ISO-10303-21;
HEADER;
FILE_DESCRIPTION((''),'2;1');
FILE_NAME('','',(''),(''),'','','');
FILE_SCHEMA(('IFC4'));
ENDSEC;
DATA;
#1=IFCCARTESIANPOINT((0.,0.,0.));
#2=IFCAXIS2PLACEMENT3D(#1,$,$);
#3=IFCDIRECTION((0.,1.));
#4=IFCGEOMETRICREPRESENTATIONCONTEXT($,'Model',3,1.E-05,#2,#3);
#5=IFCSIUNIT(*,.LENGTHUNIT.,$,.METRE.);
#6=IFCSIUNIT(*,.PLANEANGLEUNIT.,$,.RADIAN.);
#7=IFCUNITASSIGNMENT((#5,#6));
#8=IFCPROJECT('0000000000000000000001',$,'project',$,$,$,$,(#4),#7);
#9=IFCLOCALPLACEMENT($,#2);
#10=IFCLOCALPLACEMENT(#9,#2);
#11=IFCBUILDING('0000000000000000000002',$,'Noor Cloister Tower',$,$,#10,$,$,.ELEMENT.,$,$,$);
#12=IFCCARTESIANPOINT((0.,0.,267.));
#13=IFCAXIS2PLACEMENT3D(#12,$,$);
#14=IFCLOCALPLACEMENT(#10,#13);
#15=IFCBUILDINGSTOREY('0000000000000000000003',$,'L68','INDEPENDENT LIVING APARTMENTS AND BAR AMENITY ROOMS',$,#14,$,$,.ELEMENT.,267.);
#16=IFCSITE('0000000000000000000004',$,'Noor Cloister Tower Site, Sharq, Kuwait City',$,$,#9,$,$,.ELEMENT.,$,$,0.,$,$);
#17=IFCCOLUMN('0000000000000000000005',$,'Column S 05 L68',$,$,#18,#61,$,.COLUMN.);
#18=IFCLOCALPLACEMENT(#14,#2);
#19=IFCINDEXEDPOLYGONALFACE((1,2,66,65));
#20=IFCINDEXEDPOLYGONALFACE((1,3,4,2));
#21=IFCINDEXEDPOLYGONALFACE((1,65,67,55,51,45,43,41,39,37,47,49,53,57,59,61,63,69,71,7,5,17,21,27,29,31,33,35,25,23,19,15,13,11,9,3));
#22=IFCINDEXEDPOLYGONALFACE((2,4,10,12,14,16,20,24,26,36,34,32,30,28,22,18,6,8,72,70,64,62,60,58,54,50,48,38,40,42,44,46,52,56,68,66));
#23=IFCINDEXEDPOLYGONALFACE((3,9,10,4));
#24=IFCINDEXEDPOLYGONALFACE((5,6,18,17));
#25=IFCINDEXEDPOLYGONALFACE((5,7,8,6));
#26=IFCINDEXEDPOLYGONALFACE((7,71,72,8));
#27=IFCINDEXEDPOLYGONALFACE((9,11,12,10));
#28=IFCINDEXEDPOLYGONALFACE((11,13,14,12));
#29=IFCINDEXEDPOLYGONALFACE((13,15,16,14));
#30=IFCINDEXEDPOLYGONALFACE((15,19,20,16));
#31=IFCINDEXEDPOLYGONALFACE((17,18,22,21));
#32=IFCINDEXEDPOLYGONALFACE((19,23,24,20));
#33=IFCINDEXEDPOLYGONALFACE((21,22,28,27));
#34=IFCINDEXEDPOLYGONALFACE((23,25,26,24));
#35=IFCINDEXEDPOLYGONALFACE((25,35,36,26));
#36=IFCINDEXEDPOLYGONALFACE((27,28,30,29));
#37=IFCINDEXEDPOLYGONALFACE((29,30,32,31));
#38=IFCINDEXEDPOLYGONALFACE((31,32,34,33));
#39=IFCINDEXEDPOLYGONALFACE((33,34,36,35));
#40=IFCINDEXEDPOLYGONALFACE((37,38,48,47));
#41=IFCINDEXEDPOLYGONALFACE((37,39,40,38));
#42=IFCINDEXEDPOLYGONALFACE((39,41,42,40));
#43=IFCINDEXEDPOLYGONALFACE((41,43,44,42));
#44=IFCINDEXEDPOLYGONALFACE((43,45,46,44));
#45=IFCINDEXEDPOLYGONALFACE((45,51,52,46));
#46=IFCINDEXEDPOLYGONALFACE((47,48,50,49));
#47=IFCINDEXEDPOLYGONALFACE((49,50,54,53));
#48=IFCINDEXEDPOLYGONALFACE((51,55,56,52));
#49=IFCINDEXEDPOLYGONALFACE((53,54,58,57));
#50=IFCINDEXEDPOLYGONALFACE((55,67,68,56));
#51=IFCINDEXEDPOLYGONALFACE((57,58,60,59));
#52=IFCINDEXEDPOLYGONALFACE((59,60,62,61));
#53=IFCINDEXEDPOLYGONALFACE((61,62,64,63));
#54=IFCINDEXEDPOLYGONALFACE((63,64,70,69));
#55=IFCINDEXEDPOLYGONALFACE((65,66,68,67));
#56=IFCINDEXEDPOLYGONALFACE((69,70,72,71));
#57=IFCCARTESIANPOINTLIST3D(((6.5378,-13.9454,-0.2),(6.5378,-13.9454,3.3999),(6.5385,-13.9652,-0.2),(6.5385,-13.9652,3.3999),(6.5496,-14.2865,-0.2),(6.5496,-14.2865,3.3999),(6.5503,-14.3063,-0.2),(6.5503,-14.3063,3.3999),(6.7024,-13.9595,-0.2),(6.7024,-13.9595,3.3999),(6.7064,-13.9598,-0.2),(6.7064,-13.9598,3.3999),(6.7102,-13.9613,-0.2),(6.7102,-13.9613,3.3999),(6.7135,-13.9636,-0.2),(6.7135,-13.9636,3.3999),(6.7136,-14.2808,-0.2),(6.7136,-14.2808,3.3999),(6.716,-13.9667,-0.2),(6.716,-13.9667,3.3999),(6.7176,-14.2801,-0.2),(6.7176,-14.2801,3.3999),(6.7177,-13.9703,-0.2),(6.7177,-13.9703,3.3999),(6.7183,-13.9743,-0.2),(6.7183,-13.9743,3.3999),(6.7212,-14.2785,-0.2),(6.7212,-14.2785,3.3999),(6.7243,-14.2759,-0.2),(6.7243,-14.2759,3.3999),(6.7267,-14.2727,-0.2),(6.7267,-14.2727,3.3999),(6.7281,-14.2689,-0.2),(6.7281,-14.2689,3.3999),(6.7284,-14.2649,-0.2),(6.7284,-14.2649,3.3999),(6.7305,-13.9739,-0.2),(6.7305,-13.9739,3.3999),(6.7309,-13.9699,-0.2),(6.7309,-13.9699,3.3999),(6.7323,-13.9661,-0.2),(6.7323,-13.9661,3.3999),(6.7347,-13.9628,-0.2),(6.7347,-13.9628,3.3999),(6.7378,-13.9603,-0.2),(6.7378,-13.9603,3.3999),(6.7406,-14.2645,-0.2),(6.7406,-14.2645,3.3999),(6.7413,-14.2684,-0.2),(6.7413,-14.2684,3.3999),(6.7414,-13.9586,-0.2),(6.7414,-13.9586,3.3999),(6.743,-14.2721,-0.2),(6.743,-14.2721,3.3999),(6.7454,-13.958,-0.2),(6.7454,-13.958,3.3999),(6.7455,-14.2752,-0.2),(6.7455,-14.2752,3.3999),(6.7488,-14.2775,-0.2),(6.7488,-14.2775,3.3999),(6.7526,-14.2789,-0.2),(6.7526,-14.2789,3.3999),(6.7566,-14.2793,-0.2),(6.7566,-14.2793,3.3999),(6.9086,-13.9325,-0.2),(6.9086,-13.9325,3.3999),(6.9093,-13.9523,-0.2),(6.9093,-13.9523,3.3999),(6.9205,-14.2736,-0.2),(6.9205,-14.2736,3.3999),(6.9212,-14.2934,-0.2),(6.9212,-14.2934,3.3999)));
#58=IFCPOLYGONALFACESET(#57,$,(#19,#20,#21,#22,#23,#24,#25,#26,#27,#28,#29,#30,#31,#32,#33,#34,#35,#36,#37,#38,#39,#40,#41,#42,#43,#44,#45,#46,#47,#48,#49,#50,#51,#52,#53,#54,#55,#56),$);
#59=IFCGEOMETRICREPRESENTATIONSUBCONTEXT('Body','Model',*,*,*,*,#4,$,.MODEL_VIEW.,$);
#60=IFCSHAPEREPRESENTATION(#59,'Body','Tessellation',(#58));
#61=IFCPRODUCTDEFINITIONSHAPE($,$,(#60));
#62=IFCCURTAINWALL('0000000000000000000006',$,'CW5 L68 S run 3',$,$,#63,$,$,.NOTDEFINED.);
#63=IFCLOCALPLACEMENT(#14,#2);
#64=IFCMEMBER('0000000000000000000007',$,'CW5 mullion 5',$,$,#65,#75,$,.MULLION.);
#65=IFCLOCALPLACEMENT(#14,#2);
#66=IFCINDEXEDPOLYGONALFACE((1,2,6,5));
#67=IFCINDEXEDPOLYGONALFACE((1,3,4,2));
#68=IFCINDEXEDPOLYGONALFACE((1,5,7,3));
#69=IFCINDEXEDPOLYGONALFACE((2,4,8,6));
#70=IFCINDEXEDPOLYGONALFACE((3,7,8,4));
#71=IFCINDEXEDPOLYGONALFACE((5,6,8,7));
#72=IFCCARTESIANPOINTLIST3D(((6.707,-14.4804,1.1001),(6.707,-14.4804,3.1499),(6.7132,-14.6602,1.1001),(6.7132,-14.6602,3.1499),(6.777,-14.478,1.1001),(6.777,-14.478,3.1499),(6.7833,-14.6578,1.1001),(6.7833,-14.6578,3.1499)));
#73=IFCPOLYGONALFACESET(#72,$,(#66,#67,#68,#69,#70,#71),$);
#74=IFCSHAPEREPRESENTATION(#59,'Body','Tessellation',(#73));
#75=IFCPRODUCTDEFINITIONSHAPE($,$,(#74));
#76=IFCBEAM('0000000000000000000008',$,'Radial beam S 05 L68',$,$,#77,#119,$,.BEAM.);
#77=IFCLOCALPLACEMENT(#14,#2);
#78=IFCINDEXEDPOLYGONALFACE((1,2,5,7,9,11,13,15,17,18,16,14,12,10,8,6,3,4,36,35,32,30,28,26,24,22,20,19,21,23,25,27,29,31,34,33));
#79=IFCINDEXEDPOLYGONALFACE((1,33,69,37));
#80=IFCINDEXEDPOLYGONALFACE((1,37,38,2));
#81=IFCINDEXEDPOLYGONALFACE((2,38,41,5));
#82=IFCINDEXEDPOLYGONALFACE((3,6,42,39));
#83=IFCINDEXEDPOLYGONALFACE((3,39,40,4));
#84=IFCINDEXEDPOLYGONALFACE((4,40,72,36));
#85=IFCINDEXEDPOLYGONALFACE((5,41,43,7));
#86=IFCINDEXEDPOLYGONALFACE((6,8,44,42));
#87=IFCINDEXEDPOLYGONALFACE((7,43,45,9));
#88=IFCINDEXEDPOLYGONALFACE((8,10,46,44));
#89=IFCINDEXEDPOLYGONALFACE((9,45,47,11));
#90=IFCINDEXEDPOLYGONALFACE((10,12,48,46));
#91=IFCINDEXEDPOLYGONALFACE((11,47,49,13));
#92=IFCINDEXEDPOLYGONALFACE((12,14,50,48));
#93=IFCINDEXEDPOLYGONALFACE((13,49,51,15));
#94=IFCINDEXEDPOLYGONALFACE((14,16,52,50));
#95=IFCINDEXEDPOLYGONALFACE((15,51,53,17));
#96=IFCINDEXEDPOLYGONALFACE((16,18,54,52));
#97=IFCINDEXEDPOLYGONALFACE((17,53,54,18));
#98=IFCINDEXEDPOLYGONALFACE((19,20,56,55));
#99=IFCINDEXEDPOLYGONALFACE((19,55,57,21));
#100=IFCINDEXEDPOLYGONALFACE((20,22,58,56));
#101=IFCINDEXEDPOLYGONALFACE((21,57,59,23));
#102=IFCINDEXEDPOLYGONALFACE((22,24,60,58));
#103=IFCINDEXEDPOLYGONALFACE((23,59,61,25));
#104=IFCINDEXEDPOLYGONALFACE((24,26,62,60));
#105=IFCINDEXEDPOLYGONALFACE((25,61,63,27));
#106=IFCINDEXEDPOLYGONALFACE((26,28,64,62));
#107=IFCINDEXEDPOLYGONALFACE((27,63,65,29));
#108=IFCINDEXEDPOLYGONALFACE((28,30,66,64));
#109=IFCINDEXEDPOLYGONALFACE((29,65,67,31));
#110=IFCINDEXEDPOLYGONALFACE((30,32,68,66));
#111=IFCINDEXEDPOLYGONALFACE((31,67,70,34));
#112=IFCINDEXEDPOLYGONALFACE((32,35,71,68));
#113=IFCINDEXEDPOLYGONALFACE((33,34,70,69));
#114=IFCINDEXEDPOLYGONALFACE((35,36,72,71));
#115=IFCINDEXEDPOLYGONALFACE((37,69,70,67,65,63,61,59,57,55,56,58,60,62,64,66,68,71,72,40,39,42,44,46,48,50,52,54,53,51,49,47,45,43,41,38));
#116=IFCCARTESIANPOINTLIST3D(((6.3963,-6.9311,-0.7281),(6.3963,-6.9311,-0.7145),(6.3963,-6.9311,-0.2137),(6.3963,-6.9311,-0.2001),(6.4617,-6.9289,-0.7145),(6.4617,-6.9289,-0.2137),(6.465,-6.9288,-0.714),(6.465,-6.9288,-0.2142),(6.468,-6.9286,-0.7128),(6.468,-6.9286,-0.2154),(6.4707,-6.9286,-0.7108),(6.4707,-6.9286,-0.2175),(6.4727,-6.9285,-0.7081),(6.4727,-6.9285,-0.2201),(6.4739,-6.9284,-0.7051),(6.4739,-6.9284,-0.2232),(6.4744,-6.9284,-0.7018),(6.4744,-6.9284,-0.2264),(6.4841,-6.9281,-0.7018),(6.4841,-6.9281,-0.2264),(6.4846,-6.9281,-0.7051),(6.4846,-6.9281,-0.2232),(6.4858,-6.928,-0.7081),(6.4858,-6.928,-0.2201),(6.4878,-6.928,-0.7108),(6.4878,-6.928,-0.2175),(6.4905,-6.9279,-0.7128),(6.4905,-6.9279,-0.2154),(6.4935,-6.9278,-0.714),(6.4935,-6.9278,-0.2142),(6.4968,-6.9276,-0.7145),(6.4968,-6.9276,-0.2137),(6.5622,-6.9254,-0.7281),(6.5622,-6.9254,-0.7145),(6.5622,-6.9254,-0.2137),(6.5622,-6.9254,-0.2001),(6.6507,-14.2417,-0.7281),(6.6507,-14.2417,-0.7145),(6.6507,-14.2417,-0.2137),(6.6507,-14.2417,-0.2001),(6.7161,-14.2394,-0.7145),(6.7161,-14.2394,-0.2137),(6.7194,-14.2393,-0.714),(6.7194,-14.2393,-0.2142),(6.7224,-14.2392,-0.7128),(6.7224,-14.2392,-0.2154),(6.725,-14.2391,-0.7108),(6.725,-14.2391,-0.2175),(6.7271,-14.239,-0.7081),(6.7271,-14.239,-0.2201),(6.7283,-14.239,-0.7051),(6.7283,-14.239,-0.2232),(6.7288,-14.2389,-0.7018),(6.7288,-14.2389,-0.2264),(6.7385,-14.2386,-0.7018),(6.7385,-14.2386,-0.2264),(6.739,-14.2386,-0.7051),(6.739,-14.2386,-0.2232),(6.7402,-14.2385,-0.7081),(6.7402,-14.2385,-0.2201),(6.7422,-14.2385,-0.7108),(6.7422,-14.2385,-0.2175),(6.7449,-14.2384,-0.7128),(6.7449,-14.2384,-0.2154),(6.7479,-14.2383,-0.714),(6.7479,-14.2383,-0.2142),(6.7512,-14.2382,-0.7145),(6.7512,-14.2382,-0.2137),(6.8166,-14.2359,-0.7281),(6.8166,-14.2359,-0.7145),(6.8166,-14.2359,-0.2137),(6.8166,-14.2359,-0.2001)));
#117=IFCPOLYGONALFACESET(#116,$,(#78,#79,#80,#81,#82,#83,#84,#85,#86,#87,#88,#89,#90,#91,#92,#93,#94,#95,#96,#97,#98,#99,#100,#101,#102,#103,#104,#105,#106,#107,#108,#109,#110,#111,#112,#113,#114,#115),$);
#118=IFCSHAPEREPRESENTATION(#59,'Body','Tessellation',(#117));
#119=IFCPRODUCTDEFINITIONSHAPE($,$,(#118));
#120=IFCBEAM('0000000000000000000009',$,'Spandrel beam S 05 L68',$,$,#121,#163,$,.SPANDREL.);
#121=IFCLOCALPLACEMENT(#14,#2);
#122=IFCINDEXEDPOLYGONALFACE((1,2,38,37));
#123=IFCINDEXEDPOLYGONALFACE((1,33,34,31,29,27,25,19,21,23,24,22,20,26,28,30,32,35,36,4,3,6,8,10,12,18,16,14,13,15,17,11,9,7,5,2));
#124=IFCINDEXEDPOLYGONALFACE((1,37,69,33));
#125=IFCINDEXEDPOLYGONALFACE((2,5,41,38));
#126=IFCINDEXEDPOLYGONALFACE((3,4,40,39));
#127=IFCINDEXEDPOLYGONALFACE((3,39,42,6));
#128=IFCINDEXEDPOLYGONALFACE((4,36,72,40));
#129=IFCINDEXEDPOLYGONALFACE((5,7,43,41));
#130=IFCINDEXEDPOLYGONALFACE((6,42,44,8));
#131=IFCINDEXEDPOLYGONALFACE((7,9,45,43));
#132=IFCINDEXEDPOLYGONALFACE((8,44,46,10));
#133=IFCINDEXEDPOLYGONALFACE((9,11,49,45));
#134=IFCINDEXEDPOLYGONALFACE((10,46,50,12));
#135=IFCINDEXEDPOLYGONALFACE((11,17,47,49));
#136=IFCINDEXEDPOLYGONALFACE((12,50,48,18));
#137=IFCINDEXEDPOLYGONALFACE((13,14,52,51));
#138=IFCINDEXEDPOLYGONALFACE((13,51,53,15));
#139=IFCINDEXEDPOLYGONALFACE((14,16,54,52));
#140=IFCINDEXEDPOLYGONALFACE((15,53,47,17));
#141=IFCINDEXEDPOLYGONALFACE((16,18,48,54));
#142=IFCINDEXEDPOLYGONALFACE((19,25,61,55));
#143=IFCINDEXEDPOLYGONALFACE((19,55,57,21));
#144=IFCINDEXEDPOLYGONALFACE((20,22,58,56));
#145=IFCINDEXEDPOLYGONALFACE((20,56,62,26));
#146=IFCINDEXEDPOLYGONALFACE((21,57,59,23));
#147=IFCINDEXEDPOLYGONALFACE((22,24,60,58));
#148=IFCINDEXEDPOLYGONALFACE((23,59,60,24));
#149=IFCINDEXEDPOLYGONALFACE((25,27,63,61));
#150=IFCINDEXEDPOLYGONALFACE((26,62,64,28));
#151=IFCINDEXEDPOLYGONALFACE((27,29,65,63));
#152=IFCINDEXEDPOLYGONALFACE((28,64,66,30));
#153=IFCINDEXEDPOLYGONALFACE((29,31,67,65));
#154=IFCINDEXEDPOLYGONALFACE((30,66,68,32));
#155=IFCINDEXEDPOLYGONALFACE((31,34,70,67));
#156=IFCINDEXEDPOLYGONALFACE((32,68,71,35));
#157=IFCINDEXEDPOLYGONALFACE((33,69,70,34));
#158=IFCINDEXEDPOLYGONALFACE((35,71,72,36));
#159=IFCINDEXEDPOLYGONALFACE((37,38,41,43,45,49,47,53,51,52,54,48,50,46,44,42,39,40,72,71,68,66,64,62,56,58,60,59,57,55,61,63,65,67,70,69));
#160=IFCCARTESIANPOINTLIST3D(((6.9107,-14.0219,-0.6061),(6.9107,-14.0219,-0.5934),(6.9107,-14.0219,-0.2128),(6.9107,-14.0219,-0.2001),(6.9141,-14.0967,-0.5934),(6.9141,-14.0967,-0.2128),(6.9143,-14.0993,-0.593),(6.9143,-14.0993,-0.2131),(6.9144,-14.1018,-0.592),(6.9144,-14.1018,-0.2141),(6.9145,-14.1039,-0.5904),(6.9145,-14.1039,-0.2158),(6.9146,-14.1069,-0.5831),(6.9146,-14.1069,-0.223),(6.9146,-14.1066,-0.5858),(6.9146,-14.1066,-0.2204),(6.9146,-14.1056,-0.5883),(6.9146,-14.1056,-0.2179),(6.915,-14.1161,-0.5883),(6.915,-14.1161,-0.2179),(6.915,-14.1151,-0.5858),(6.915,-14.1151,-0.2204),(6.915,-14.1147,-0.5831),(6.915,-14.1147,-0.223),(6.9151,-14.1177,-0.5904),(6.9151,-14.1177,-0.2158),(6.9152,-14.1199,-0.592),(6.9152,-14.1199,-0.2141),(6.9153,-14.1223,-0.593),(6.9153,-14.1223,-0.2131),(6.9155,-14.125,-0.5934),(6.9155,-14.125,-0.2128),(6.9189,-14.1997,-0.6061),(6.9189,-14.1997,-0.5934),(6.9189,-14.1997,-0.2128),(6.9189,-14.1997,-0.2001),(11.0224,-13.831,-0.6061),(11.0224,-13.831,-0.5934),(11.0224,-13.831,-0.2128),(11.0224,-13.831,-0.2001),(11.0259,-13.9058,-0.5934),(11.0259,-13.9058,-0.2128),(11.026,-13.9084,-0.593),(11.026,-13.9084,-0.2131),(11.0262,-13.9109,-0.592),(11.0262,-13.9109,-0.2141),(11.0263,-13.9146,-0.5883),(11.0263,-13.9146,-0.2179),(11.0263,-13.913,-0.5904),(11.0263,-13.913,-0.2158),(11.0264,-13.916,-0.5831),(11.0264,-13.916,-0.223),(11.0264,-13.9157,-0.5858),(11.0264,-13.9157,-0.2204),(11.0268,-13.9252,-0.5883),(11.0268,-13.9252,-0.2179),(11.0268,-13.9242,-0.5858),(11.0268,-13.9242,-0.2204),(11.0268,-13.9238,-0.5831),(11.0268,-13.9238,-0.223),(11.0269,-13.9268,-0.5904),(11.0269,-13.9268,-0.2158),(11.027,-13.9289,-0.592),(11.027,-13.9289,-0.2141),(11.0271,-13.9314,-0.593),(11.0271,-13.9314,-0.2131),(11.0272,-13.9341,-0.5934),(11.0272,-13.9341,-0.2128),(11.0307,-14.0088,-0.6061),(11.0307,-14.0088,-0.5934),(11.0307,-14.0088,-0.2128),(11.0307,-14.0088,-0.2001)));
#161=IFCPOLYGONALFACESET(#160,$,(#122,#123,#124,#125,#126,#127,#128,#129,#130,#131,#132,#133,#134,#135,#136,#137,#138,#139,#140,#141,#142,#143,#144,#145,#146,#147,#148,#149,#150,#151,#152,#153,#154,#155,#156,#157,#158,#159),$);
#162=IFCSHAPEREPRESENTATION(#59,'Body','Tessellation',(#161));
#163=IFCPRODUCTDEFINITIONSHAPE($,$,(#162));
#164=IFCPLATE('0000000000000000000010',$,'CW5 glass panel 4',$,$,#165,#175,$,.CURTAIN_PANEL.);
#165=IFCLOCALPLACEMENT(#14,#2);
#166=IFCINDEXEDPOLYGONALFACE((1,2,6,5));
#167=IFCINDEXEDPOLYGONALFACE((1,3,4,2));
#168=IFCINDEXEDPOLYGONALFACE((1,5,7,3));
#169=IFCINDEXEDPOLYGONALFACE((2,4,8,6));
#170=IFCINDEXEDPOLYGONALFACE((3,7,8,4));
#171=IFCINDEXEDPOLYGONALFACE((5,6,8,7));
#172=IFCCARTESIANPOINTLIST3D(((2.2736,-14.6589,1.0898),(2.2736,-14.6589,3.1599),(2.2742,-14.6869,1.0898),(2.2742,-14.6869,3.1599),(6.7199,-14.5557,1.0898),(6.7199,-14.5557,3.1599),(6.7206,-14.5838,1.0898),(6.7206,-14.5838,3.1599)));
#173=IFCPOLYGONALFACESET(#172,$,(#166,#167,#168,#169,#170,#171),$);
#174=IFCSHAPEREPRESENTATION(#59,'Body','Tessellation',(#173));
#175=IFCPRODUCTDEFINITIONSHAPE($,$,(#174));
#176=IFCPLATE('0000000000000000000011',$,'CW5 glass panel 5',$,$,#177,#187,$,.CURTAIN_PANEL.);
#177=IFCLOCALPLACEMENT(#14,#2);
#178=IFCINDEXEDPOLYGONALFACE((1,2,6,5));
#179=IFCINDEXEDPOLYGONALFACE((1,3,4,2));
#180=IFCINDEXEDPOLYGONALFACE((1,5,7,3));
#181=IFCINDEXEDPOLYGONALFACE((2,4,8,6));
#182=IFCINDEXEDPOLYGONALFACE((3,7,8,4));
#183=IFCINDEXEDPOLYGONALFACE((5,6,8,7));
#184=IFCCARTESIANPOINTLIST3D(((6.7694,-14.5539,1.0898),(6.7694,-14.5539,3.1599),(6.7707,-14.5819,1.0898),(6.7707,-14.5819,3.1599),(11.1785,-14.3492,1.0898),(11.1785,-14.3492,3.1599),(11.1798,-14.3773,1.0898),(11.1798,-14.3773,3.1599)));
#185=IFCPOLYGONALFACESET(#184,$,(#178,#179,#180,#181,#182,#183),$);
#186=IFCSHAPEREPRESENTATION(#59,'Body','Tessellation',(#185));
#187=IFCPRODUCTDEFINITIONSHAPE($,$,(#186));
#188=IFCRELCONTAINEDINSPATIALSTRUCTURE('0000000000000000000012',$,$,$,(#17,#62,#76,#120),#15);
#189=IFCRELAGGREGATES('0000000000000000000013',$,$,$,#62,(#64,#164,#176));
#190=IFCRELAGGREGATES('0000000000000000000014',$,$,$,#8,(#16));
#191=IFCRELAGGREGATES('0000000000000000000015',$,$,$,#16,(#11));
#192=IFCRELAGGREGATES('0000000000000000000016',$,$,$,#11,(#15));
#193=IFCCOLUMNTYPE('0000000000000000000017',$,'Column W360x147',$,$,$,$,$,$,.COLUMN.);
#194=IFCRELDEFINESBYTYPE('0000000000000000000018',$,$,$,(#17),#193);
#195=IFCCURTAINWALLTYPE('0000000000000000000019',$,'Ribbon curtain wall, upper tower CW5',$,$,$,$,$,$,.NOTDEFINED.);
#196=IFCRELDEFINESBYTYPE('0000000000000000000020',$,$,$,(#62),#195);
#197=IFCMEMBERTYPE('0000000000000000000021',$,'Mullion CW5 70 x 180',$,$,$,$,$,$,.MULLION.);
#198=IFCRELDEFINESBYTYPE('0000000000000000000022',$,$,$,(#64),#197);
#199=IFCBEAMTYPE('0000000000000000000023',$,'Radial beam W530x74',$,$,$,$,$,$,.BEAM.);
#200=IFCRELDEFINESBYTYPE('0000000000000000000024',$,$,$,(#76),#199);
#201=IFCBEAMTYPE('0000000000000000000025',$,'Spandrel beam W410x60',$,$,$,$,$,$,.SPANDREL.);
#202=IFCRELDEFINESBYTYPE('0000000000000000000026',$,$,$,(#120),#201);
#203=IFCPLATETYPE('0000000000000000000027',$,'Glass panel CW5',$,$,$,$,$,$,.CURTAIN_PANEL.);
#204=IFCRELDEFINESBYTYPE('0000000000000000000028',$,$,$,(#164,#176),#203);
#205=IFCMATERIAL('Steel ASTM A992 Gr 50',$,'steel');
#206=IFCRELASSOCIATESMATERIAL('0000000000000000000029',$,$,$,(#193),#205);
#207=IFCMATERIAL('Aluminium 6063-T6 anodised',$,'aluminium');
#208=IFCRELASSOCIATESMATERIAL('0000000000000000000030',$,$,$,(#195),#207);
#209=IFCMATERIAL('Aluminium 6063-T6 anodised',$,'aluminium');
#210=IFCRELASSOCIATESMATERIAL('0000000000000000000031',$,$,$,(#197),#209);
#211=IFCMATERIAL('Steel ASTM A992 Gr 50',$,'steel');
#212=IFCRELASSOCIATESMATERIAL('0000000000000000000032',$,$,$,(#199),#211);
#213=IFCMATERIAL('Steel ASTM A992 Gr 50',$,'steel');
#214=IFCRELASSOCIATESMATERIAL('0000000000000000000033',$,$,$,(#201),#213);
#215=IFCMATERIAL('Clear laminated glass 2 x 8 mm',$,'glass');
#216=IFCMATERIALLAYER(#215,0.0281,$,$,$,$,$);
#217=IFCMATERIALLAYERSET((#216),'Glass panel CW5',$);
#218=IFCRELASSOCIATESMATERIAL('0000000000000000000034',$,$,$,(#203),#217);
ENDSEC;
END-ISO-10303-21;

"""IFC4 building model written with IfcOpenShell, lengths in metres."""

from ifc_helpers import new_model, si_unit, direction, frame, origin, origin_2d, place, context, subcontext, project, spatial, rectangle, i_section, extrude, material, layer, layer_set, material_profile, profile_set, type_object, element, aggregate, save


model = new_model("IFC4")

# Units and contexts
model_context = context("Model", 3, precision=1e-05, world=origin(), true_north=direction((0.0, 1.0)))
body_context = subcontext(model_context, "Body", "Model", "MODEL_VIEW")
ifc_project = project(units=[si_unit("LENGTHUNIT", "METRE"), si_unit("PLANEANGLEUNIT", "RADIAN")], contexts=[model_context])

# Site, building, storey
site_placement = place(None, origin())
site = spatial("IfcSite", under=ifc_project, at=site_placement, Name="Noor Cloister Tower Site, Sharq, Kuwait City", CompositionType="ELEMENT", RefElevation=0.0)
building_placement = place(site_placement, origin())
building = spatial("IfcBuilding", under=site, at=building_placement, Name="Noor Cloister Tower", CompositionType="ELEMENT")
storey_placement = place(building_placement, frame((0.0, 0.0, 267.0)))
storey = spatial("IfcBuildingStorey", under=building, at=storey_placement, Name="L68", Description="INDEPENDENT LIVING APARTMENTS AND BAR AMENITY ROOMS", CompositionType="ELEMENT", Elevation=267.0)

# Column
ifc_material_1 = material(Name="Steel ASTM A992 Gr 50", Category="steel")
ifc_material_profile_1 = material_profile(ifc_material_1, i_section(OverallWidth=0.3711, OverallDepth=0.3611, WebThickness=0.0122, FlangeThickness=0.0198, FilletRadius=0.0154, at=origin_2d()), Name="W360x147")
ifc_profile_set_1 = profile_set([ifc_material_profile_1], Name="Steel ASTM A992 Gr 50")
column_type = type_object("IfcColumnType", Name="Column W360x147", PredefinedType="COLUMN", material=ifc_profile_set_1)
column_placement = place(storey_placement, frame((6.7295, -14.1194, -0.2), z_axis=(0.0, 0.0, 1.0), x_axis=(0.999395, 0.034782, 0.0)))
element("IfcColumn", 1, at=column_placement, inside=storey, type_object=column_type, Name="Column S 05 L68", PredefinedType="COLUMN", context=body_context, shape_type="SweptSolid", body=[
    extrude(i_section(OverallWidth=0.3711, OverallDepth=0.3611, WebThickness=0.0122, FlangeThickness=0.0198, FilletRadius=0.0154, at=origin_2d()), origin(), (0.0, 0.0, 1.0), 3.5999),
])

# Curtain wall, member
ifc_material_2 = material(Name="Aluminium 6063-T6 anodised", Category="aluminium")
curtain_wall_type = type_object("IfcCurtainWallType", Name="Ribbon curtain wall, upper tower CW5", PredefinedType="NOTDEFINED", material=ifc_material_2)
curtain_wall_placement = place(storey_placement, origin())
curtain_wall = element("IfcCurtainWall", 2, at=curtain_wall_placement, inside=storey, type_object=curtain_wall_type, Name="CW5 L68 S run 3", PredefinedType="NOTDEFINED")
ifc_material_3 = material(Name="Aluminium 6063-T6 anodised", Category="aluminium")
ifc_material_profile_2 = material_profile(ifc_material_3, rectangle(XDim=0.1799, YDim=0.0701, at=origin_2d()), Name="180 x 70 mullion")
ifc_profile_set_2 = profile_set([ifc_material_profile_2], Name="Aluminium 6063-T6 anodised")
member_type = type_object("IfcMemberType", Name="Mullion CW5 70 x 180", PredefinedType="MULLION", material=ifc_profile_set_2)
member_placement = place(storey_placement, frame((6.7451, -14.5691, 1.1001), z_axis=(0.0, 0.0, 1.0), x_axis=(-0.034782, 0.999395, 0.0)))
member = element("IfcMember", 3, at=member_placement, type_object=member_type, Name="CW5 mullion 5", PredefinedType="MULLION", context=body_context, shape_type="SweptSolid", body=[
    extrude(rectangle(XDim=0.1799, YDim=0.0701, at=origin_2d()), origin(), (0.0, 0.0, 1.0), 2.0498),
])

# Beams
ifc_material_4 = material(Name="Steel ASTM A992 Gr 50", Category="steel")
ifc_material_profile_3 = material_profile(ifc_material_4, i_section(OverallWidth=0.166, OverallDepth=0.5281, WebThickness=0.0098, FlangeThickness=0.0137, FilletRadius=0.0127, at=origin_2d()), Name="W530x74")
ifc_profile_set_3 = profile_set([ifc_material_profile_3], Name="Steel ASTM A992 Gr 50")
beam_type_1 = type_object("IfcBeamType", Name="Radial beam W530x74", PredefinedType="BEAM", material=ifc_profile_set_3)
beam_1_placement = place(storey_placement, frame((6.7336, -14.2388, -0.4641), z_axis=(-0.034777, 0.999395, 0.0), x_axis=(-0.999395, -0.034777, 0.0)))
element("IfcBeam", 4, at=beam_1_placement, inside=storey, type_object=beam_type_1, Name="Radial beam S 05 L68", PredefinedType="BEAM", context=body_context, shape_type="SweptSolid", body=[
    extrude(i_section(OverallWidth=0.166, OverallDepth=0.5281, WebThickness=0.0098, FlangeThickness=0.0137, FilletRadius=0.0127, at=origin_2d()), origin(), (0.0, 0.0, 1.0), 7.3149),
])
ifc_material_5 = material(Name="Steel ASTM A992 Gr 50", Category="steel")
ifc_material_profile_4 = material_profile(ifc_material_5, i_section(OverallWidth=0.178, OverallDepth=0.406, WebThickness=0.0078, FlangeThickness=0.0127, FilletRadius=0.0103, at=origin_2d()), Name="W410x60")
ifc_profile_set_4 = profile_set([ifc_material_profile_4], Name="Steel ASTM A992 Gr 50")
beam_type_2 = type_object("IfcBeamType", Name="Spandrel beam W410x60", PredefinedType="SPANDREL", material=ifc_profile_set_4)
beam_2_placement = place(storey_placement, frame((6.9148, -14.1108, -0.4031), z_axis=(0.998924, 0.046382, 0.0), x_axis=(-0.046382, 0.998924, 0.0)))
element("IfcBeam", 5, at=beam_2_placement, inside=storey, type_object=beam_type_2, Name="Spandrel beam S 05 L68", PredefinedType="SPANDREL", context=body_context, shape_type="SweptSolid", body=[
    extrude(i_section(OverallWidth=0.178, OverallDepth=0.406, WebThickness=0.0078, FlangeThickness=0.0127, FilletRadius=0.0103, at=origin_2d()), origin(), (0.0, 0.0, 1.0), 4.1162),
])

# Plates
ifc_material_6 = material(Name="Clear laminated glass 2 x 8 mm", Category="glass")
ifc_layer_1 = layer(ifc_material_6, 0.0281)
ifc_layer_set_1 = layer_set([ifc_layer_1], Name="Glass panel CW5")
plate_type = type_object("IfcPlateType", Name="Glass panel CW5", PredefinedType="CURTAIN_PANEL", material=ifc_layer_set_1)
plate_1_placement = place(storey_placement, frame((4.4971, -14.6213, 1.0898), z_axis=(0.0, 0.0, 1.0), x_axis=(0.999731, 0.02319, 0.0)))
plate_1 = element("IfcPlate", 6, at=plate_1_placement, type_object=plate_type, Name="CW5 glass panel 4", PredefinedType="CURTAIN_PANEL", context=body_context, shape_type="SweptSolid", body=[
    extrude(rectangle(XDim=4.4475, YDim=0.0281, at=origin_2d()), origin(), (0.0, 0.0, 1.0), 2.0701),
])
plate_2_placement = place(storey_placement, frame((8.9746, -14.4656, 1.0898), z_axis=(0.0, 0.0, 1.0), x_axis=(0.998924, 0.046368, 0.0)))
plate_2 = element("IfcPlate", 7, at=plate_2_placement, type_object=plate_type, Name="CW5 glass panel 5", PredefinedType="CURTAIN_PANEL", context=body_context, shape_type="SweptSolid", body=[
    extrude(rectangle(XDim=4.4138, YDim=0.0281, at=origin_2d()), origin(), (0.0, 0.0, 1.0), 2.0701),
])
aggregate(curtain_wall, [member, plate_1, plate_2])

save(model, "model.ifc")
